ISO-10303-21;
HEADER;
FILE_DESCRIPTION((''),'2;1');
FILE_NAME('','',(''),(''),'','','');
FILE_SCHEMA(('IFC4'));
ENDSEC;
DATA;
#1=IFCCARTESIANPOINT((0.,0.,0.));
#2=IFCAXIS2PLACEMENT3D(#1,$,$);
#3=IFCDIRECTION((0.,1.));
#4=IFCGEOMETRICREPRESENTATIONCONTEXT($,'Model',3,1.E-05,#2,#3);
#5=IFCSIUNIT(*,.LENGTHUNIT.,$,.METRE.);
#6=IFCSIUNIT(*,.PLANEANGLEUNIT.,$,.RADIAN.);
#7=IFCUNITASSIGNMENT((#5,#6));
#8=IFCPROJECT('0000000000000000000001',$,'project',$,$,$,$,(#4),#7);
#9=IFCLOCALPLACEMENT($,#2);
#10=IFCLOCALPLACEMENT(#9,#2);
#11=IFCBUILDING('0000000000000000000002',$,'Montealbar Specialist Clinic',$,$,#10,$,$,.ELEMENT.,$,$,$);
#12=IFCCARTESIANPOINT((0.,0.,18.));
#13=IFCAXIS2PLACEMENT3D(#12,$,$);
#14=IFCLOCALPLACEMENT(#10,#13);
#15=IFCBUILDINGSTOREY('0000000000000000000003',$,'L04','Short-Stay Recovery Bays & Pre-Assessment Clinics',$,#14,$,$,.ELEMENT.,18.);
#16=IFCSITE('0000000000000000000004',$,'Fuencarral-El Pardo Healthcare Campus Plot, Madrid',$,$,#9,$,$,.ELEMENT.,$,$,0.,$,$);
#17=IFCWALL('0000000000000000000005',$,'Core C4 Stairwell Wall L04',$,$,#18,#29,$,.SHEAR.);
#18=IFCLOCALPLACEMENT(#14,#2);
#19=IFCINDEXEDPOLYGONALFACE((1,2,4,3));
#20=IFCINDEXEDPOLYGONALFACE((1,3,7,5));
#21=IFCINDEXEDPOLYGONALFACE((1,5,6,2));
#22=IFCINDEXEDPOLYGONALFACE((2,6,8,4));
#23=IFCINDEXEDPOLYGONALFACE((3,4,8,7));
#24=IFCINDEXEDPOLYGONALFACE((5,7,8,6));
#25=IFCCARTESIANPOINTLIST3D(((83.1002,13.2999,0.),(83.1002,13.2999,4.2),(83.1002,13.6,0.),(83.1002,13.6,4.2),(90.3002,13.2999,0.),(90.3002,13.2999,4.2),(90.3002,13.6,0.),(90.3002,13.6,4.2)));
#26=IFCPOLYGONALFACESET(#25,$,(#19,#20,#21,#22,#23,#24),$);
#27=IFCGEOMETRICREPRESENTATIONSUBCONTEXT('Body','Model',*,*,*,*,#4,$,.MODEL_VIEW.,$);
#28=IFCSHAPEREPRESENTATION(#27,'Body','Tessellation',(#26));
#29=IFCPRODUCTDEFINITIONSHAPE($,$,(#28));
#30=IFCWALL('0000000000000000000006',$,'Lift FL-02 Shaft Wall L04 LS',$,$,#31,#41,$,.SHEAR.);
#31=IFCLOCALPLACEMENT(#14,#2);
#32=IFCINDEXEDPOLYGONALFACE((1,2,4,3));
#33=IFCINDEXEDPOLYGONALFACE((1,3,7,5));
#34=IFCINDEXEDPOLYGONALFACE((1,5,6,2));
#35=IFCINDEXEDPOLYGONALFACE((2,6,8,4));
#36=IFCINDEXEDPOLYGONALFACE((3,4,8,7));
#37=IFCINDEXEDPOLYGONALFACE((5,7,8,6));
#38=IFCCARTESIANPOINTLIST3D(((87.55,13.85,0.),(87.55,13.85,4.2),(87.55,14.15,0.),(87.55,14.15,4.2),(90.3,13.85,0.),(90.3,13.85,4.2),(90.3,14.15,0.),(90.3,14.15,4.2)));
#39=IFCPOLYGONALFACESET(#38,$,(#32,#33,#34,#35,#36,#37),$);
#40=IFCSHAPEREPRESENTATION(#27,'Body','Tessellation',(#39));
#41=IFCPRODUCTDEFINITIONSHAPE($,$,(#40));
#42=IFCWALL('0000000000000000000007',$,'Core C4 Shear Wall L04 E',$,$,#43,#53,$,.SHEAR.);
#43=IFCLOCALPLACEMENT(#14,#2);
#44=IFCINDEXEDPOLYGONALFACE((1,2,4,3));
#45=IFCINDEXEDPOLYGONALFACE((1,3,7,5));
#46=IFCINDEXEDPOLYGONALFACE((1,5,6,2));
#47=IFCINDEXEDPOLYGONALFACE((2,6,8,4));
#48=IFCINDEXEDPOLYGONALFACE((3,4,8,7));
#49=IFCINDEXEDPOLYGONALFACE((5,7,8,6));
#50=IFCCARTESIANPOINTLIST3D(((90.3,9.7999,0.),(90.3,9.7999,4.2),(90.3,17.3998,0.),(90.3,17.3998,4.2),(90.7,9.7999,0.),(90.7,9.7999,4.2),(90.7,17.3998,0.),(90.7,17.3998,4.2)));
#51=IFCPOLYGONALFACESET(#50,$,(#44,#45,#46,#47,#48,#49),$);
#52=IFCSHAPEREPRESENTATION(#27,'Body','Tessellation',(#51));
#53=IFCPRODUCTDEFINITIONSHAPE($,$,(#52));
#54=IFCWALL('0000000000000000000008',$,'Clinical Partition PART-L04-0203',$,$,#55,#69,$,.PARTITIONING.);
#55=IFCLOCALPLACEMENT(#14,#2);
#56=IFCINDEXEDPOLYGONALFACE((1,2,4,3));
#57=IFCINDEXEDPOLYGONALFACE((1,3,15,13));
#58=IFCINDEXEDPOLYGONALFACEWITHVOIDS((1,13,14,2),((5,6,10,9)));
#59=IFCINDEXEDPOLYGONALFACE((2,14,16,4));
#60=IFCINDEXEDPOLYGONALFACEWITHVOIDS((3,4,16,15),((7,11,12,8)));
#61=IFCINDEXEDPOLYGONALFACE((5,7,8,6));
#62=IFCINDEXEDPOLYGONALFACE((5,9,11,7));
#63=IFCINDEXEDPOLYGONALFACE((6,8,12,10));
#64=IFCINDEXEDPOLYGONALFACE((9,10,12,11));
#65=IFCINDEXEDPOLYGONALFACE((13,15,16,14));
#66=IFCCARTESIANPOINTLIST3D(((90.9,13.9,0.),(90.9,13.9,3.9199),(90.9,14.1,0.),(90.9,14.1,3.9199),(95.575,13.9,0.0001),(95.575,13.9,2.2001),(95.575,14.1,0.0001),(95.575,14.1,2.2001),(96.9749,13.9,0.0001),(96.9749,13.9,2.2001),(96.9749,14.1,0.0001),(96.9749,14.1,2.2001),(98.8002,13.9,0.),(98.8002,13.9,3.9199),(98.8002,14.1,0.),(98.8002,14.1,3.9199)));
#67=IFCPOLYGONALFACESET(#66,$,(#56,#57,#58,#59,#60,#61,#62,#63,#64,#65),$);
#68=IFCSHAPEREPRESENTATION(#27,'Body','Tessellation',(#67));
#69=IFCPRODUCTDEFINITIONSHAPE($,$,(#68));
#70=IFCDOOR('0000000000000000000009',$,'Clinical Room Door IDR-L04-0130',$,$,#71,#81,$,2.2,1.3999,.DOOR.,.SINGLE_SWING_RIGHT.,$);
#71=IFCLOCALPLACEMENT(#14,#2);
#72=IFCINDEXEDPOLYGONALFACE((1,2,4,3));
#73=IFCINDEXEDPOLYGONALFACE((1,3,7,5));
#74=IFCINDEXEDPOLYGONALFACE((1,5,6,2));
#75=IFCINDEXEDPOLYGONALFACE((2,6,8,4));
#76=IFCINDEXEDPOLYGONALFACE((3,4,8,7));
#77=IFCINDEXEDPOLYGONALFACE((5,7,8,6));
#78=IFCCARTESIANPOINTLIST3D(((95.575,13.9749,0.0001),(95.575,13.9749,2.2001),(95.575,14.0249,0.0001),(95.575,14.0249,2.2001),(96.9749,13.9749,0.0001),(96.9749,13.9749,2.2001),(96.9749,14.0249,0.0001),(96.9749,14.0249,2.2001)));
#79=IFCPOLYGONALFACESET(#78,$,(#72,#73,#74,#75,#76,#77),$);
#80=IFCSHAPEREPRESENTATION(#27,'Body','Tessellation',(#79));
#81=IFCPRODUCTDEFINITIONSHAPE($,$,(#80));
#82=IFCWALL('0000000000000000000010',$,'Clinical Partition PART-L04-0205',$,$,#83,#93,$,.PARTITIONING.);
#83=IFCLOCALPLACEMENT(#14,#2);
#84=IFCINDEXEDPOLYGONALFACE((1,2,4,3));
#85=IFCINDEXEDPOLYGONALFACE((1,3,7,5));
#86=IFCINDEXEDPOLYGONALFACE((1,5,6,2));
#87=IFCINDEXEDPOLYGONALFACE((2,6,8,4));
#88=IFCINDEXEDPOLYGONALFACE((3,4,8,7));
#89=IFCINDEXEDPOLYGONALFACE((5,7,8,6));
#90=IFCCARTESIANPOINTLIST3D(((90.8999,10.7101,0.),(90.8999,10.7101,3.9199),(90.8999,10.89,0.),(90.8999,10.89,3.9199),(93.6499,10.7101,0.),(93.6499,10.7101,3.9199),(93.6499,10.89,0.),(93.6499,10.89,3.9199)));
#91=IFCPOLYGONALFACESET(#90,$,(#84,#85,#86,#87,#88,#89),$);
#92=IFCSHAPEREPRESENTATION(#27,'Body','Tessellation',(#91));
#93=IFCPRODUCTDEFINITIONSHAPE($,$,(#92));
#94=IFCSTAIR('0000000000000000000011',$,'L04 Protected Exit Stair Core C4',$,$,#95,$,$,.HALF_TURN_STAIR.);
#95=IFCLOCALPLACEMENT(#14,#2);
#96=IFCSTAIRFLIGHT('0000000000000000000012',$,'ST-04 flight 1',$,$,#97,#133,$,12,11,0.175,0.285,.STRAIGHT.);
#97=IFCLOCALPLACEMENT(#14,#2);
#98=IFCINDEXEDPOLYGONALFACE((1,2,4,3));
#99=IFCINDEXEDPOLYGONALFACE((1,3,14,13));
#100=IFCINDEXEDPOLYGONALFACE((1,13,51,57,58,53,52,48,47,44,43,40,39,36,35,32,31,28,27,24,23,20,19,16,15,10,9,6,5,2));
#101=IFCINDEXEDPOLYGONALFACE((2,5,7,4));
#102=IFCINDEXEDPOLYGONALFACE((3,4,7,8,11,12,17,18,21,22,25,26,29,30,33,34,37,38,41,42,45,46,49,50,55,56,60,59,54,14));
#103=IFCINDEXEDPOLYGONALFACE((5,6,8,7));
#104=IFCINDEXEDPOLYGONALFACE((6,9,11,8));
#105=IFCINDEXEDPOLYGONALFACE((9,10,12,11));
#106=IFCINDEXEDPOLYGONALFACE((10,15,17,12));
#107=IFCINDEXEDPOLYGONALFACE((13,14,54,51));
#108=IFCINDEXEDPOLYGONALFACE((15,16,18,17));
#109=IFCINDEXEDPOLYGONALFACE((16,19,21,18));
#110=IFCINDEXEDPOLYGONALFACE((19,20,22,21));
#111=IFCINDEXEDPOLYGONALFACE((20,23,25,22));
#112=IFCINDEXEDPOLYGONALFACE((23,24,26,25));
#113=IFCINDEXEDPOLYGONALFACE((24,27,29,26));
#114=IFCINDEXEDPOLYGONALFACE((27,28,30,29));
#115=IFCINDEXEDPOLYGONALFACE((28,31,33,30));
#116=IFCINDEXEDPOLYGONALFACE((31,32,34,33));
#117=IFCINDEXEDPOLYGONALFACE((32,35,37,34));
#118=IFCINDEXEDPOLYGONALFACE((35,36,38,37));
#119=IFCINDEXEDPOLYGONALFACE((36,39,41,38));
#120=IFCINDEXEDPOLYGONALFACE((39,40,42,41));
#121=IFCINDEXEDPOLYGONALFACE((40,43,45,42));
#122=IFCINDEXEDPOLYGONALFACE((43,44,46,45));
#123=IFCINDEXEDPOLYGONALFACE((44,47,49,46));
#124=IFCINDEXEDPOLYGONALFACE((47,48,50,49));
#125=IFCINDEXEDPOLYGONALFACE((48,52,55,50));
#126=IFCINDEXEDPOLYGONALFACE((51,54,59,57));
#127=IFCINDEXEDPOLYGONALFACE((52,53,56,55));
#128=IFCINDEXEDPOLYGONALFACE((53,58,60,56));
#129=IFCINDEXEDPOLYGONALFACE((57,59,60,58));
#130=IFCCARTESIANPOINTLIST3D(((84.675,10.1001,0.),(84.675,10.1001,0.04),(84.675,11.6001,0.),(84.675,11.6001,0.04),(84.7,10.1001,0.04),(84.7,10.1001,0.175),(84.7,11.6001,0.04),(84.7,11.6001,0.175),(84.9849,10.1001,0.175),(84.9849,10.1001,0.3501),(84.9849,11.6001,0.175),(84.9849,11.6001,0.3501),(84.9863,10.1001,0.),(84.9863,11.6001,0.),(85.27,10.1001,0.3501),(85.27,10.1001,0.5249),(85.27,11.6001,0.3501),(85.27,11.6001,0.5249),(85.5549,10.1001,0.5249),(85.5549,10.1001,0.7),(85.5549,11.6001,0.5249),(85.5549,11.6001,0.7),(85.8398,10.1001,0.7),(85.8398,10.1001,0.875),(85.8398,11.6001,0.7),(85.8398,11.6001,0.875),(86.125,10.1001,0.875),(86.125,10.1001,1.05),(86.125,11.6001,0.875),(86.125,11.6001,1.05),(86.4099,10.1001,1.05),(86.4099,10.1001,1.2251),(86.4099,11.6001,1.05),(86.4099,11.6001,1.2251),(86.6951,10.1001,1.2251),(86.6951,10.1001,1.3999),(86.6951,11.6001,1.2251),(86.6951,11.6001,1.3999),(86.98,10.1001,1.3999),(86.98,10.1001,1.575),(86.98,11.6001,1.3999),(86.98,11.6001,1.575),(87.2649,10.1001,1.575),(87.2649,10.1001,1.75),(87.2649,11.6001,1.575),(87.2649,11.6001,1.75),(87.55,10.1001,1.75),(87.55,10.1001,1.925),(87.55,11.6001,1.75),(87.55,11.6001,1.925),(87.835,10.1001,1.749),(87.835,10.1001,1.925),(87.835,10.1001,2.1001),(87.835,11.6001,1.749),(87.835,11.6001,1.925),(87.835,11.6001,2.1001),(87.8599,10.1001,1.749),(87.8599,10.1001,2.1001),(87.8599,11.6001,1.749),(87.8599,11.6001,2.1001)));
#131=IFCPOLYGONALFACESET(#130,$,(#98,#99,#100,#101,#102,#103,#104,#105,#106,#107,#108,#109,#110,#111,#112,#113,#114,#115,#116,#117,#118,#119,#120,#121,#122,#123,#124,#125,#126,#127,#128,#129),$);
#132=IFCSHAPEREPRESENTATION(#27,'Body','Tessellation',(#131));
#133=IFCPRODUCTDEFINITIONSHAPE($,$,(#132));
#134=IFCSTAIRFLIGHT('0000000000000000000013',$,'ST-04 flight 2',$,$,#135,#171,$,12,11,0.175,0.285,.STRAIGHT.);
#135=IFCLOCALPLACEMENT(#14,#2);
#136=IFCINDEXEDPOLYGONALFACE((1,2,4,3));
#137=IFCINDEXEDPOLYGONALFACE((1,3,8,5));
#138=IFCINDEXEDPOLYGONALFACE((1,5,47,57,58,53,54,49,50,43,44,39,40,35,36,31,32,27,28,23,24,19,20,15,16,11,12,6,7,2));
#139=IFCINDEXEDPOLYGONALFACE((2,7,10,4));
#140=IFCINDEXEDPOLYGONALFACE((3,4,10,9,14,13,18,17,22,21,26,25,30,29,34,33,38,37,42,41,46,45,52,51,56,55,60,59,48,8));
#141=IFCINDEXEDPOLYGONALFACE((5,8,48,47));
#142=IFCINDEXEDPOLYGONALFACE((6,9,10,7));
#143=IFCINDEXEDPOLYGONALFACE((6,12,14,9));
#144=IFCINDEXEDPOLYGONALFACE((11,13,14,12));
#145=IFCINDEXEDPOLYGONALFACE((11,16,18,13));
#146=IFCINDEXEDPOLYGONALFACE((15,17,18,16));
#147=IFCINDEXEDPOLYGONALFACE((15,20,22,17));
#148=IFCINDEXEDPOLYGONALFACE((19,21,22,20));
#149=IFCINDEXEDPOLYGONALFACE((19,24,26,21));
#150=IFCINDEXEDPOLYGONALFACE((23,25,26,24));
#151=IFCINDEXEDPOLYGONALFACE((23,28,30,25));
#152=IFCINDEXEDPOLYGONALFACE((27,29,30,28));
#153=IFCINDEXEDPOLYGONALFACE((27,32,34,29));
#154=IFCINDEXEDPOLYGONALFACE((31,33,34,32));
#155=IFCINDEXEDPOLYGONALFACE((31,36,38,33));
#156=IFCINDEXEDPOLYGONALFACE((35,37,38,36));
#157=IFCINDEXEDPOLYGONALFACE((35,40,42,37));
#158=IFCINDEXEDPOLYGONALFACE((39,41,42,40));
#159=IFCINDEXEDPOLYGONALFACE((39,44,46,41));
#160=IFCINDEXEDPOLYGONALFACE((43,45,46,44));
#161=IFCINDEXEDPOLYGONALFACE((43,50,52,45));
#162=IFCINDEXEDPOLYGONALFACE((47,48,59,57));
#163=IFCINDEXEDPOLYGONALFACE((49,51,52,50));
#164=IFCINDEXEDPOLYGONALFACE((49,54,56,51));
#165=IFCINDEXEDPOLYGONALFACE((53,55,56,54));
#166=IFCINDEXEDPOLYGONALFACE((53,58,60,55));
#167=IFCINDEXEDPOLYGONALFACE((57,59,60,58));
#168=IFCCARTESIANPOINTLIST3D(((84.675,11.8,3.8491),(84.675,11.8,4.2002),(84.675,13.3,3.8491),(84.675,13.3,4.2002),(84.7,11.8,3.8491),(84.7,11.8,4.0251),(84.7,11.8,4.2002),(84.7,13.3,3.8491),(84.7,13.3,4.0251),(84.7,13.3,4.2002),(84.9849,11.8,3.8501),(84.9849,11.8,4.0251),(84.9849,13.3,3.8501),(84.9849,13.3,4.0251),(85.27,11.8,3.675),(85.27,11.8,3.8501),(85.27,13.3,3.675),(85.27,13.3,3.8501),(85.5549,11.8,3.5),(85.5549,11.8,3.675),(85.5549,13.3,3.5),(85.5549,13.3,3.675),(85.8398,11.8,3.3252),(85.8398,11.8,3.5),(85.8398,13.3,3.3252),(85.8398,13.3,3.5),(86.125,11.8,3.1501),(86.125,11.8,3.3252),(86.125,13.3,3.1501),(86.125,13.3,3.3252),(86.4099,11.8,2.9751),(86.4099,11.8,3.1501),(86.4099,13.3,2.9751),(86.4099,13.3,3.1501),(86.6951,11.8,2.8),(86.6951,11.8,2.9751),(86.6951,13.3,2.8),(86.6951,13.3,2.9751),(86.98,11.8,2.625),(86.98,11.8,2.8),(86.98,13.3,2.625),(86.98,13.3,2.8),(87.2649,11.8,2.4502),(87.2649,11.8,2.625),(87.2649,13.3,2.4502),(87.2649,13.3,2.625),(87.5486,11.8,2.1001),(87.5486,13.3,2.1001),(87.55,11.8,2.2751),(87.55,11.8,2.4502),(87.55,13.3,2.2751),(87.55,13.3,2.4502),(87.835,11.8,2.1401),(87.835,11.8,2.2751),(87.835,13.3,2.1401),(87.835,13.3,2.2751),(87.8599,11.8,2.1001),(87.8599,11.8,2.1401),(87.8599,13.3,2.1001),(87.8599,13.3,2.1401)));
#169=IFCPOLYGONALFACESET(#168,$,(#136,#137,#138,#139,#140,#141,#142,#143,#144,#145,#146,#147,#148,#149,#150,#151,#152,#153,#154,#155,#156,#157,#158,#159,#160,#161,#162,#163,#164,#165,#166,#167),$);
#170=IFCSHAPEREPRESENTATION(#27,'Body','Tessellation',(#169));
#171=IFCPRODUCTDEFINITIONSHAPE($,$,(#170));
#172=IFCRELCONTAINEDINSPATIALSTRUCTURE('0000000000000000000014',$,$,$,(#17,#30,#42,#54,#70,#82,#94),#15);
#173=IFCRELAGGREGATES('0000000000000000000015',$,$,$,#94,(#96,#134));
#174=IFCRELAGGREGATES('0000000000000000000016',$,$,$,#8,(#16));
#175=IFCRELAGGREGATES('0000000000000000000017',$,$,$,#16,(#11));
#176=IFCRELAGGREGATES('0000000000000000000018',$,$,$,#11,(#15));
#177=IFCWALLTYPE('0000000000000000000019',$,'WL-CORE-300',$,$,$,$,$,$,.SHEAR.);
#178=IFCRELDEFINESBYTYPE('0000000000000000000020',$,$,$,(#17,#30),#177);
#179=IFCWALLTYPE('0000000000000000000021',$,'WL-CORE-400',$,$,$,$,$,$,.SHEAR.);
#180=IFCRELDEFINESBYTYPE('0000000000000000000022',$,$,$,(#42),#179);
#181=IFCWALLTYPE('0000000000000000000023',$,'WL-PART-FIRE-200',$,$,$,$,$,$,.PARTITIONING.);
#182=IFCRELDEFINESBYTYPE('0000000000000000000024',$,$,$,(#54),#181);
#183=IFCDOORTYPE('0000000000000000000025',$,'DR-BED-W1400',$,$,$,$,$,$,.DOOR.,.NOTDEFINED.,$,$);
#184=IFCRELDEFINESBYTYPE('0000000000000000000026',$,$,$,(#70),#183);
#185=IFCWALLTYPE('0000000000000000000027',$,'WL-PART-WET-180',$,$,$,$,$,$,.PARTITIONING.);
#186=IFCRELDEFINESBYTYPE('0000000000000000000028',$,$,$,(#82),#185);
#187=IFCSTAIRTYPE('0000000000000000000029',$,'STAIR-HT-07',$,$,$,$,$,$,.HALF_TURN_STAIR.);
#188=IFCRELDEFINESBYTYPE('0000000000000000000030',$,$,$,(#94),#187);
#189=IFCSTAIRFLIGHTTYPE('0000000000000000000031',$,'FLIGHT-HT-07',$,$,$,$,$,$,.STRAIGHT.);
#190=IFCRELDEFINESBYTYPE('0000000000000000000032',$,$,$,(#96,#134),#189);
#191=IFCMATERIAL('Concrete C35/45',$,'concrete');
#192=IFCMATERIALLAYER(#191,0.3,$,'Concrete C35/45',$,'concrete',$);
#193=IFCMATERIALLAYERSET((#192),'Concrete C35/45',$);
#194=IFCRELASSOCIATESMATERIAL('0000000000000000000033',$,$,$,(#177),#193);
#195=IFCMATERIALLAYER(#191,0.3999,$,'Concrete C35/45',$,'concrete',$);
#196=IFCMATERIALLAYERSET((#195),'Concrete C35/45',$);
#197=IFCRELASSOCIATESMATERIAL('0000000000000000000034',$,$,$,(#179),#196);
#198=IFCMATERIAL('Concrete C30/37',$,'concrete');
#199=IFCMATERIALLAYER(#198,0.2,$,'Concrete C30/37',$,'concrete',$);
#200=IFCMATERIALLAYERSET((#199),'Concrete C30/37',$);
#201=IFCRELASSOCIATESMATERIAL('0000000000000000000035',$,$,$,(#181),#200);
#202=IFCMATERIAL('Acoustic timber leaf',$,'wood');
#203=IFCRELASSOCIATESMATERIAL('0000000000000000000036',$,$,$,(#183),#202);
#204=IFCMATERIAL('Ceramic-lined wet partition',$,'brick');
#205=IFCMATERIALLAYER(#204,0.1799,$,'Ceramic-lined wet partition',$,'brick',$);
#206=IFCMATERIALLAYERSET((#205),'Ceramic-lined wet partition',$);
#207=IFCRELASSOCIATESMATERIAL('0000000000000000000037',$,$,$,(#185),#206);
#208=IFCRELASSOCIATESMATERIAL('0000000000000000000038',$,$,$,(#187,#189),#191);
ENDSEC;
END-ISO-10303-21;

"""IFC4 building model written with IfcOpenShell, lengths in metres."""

from ifc_helpers import new_model, si_unit, direction, frame, frame_2d, origin, place, context, subcontext, project, spatial, polyline, rectangle, outline, extrude, material, layer, layer_set, type_object, element, fill, aggregate, save


model = new_model("IFC4")

# Units and contexts
model_context = context("Model", 3, precision=1e-05, world=origin(), true_north=direction((0.0, 1.0)))
body_context = subcontext(model_context, "Body", "Model", "MODEL_VIEW")
ifc_project = project(units=[si_unit("LENGTHUNIT", "METRE"), si_unit("PLANEANGLEUNIT", "RADIAN")], contexts=[model_context])

# Site, building, storey
site_placement = place(None, origin())
site = spatial("IfcSite", under=ifc_project, at=site_placement, Name="Fuencarral-El Pardo Healthcare Campus Plot, Madrid", CompositionType="ELEMENT", RefElevation=0.0)
building_placement = place(site_placement, origin())
building = spatial("IfcBuilding", under=site, at=building_placement, Name="Montealbar Specialist Clinic", CompositionType="ELEMENT")
storey_placement = place(building_placement, frame((0.0, 0.0, 18.0)))
storey = spatial("IfcBuildingStorey", under=building, at=storey_placement, Name="L04", Description="Short-Stay Recovery Bays & Pre-Assessment Clinics", CompositionType="ELEMENT", Elevation=18.0)

# Walls
ifc_material_1 = material(Name="Concrete C35/45", Category="concrete")
ifc_layer_1 = layer(ifc_material_1, 0.3, Name="Concrete C35/45", Category="concrete")
ifc_layer_set_1 = layer_set([ifc_layer_1], Name="Concrete C35/45")
wall_type_1 = type_object("IfcWallType", Name="WL-CORE-300", PredefinedType="SHEAR", material=ifc_layer_set_1)
wall_1_placement = place(storey_placement, frame((83.1001, 13.45, 0.0), z_axis=(0.0, 0.0, 1.0), x_axis=(1.0, 0.0, 0.0)))
element("IfcWall", 1, at=wall_1_placement, inside=storey, type_object=wall_type_1, Name="Core C4 Stairwell Wall L04", PredefinedType="SHEAR", context=body_context, shape_type="SweptSolid", body=[
    extrude(rectangle(XDim=7.2, YDim=0.3, at=frame_2d((3.6001, 0.0))), origin(), (0.0, 0.0, 1.0), 4.2),
])
wall_2_placement = place(storey_placement, frame((87.55, 14.0, 0.0), z_axis=(0.0, 0.0, 1.0), x_axis=(1.0, 0.0, 0.0)))
element("IfcWall", 2, at=wall_2_placement, inside=storey, type_object=wall_type_1, Name="Lift FL-02 Shaft Wall L04 LS", PredefinedType="SHEAR", context=body_context, shape_type="SweptSolid", body=[
    extrude(rectangle(XDim=2.75, YDim=0.3, at=frame_2d((1.375, 0.0))), origin(), (0.0, 0.0, 1.0), 4.2),
])

# Shared definitions
ifc_layer_2 = layer(ifc_material_1, 0.3999, Name="Concrete C35/45", Category="concrete")
ifc_layer_set_2 = layer_set([ifc_layer_2], Name="Concrete C35/45")
wall_type_2 = type_object("IfcWallType", Name="WL-CORE-400", PredefinedType="SHEAR", material=ifc_layer_set_2)

# Wall
wall_3_placement = place(storey_placement, frame((90.5, 9.8, 0.0), z_axis=(0.0, 0.0, 1.0), x_axis=(0.0, 1.0, 0.0)))
element("IfcWall", 3, at=wall_3_placement, inside=storey, type_object=wall_type_2, Name="Core C4 Shear Wall L04 E", PredefinedType="SHEAR", context=body_context, shape_type="SweptSolid", body=[
    extrude(rectangle(XDim=7.5999, YDim=0.3999, at=frame_2d((3.7998, 0.0))), origin(), (0.0, 0.0, 1.0), 4.2),
])

# Wall, opening, door
ifc_material_2 = material(Name="Concrete C30/37", Category="concrete")
ifc_layer_3 = layer(ifc_material_2, 0.2, Name="Concrete C30/37", Category="concrete")
ifc_layer_set_3 = layer_set([ifc_layer_3], Name="Concrete C30/37")
wall_type_3 = type_object("IfcWallType", Name="WL-PART-FIRE-200", PredefinedType="PARTITIONING", material=ifc_layer_set_3)
wall_4_placement = place(storey_placement, frame((90.8999, 14.0, 0.0), z_axis=(0.0, 0.0, 1.0), x_axis=(1.0, 0.0, 0.0)))
wall_4 = element("IfcWall", 4, at=wall_4_placement, inside=storey, type_object=wall_type_3, Name="Clinical Partition PART-L04-0203", PredefinedType="PARTITIONING", context=body_context, shape_type="SweptSolid", body=[
    extrude(rectangle(XDim=7.9001, YDim=0.2, at=frame_2d((3.9502, 0.0))), origin(), (0.0, 0.0, 1.0), 3.9199),
])
opening_1_placement = place(wall_4_placement, frame((4.675, 0.0, 0.0)))
opening_1 = element("IfcOpeningElement", 5, at=opening_1_placement, cuts=wall_4, PredefinedType="OPENING", context=body_context, shape_type="SweptSolid", body=[
    extrude(rectangle(XDim=1.3999, YDim=2.2, at=frame_2d((0.7, 1.1001))), frame((0.0, 0.1099, 0.0), z_axis=(0.0, -1.0, 0.0), x_axis=(1.0, 0.0, 0.0)), (0.0, 0.0, 1.0), 0.22),
])
ifc_material_3 = material(Name="Acoustic timber leaf", Category="wood")
door_type_1 = type_object("IfcDoorType", Name="DR-BED-W1400", OperationType="NOTDEFINED", PredefinedType="DOOR", material=ifc_material_3)
door_1_placement = place(opening_1_placement, origin())
door_1 = element("IfcDoor", 6, at=door_1_placement, inside=storey, type_object=door_type_1, Name="Clinical Room Door IDR-L04-0130", OperationType="SINGLE_SWING_RIGHT", OverallHeight=2.2, OverallWidth=1.3999, PredefinedType="DOOR", context=body_context, shape_type="SweptSolid", body=[
    extrude(rectangle(XDim=1.3999, YDim=2.2, at=frame_2d((0.7, 1.1001))), frame((0.0, 0.0249, 0.0), z_axis=(0.0, -1.0, 0.0), x_axis=(1.0, 0.0, 0.0)), (0.0, 0.0, 1.0), 0.05),
])
fill(opening_1, door_1)

# Wall
ifc_material_4 = material(Name="Ceramic-lined wet partition", Category="brick")
ifc_layer_4 = layer(ifc_material_4, 0.1799, Name="Ceramic-lined wet partition", Category="brick")
ifc_layer_set_4 = layer_set([ifc_layer_4], Name="Ceramic-lined wet partition")
wall_type_4 = type_object("IfcWallType", Name="WL-PART-WET-180", PredefinedType="PARTITIONING", material=ifc_layer_set_4)
wall_5_placement = place(storey_placement, frame((90.8999, 10.8, 0.0), z_axis=(0.0, 0.0, 1.0), x_axis=(1.0, 0.0, 0.0)))
element("IfcWall", 7, at=wall_5_placement, inside=storey, type_object=wall_type_4, Name="Clinical Partition PART-L04-0205", PredefinedType="PARTITIONING", context=body_context, shape_type="SweptSolid", body=[
    extrude(rectangle(XDim=2.75, YDim=0.1799, at=frame_2d((1.375, 0.0))), origin(), (0.0, 0.0, 1.0), 3.9199),
])

# Stair, stair flights
stair_type = type_object("IfcStairType", Name="STAIR-HT-07", PredefinedType="HALF_TURN_STAIR", material=ifc_material_1)
stair_placement = place(storey_placement, origin())
stair = element("IfcStair", 8, at=stair_placement, inside=storey, type_object=stair_type, Name="L04 Protected Exit Stair Core C4", PredefinedType="HALF_TURN_STAIR")
stair_flight_type = type_object("IfcStairFlightType", Name="FLIGHT-HT-07", PredefinedType="STRAIGHT", material=ifc_material_1)
stair_flight_1_placement = place(storey_placement, frame((84.7, 10.8501, 0.0), z_axis=(0.0, 0.0, 1.0), x_axis=(1.0, 0.0, 0.0)))
stair_flight_1 = element("IfcStairFlight", 9, at=stair_flight_1_placement, type_object=stair_flight_type, Name="ST-04 flight 1", NumberOfRisers=12, NumberOfTreads=11, PredefinedType="STRAIGHT", RiserHeight=0.175, TreadLength=0.285, context=body_context, shape_type="SweptSolid", body=[
    extrude(outline(polyline([(-0.0249, 0.0), (-0.0249, 0.04), (0.0, 0.04), (0.0, 0.175), (0.2849, 0.175), (0.2849, 0.3501), (0.5701, 0.3501), (0.5701, 0.5249), (0.855, 0.5249), (0.855, 0.7), (1.1399, 0.7), (1.1399, 0.875), (1.425, 0.875), (1.425, 1.05), (1.71, 1.05), (1.71, 1.2251), (1.9951, 1.2251), (1.9951, 1.3999), (2.28, 1.3999), (2.28, 1.575), (2.5649, 1.575), (2.5649, 1.75), (2.8501, 1.75), (2.8501, 1.925), (3.135, 1.925), (3.135, 2.1001), (3.1599, 2.1001), (3.1599, 1.749), (3.135, 1.749), (0.2864, 0.0), (-0.0249, 0.0)])), frame((0.0, 0.75, 0.0), z_axis=(0.0, -1.0, 0.0), x_axis=(1.0, 0.0, 0.0)), (0.0, 0.0, 1.0), 1.5),
])
stair_flight_2_placement = place(storey_placement, frame((87.835, 12.55, 2.1001), z_axis=(0.0, 0.0, 1.0), x_axis=(-1.0, 0.0, 0.0)))
stair_flight_2 = element("IfcStairFlight", 10, at=stair_flight_2_placement, type_object=stair_flight_type, Name="ST-04 flight 2", NumberOfRisers=12, NumberOfTreads=11, PredefinedType="STRAIGHT", RiserHeight=0.175, TreadLength=0.285, context=body_context, shape_type="SweptSolid", body=[
    extrude(outline(polyline([(-0.0249, 0.0), (-0.0249, 0.04), (0.0, 0.04), (0.0, 0.175), (0.2849, 0.175), (0.2849, 0.3501), (0.5701, 0.3501), (0.5701, 0.5249), (0.855, 0.5249), (0.855, 0.7), (1.1399, 0.7), (1.1399, 0.875), (1.425, 0.875), (1.425, 1.05), (1.71, 1.05), (1.71, 1.2251), (1.9951, 1.2251), (1.9951, 1.3999), (2.28, 1.3999), (2.28, 1.575), (2.5649, 1.575), (2.5649, 1.75), (2.8501, 1.75), (2.8501, 1.925), (3.135, 1.925), (3.135, 2.1001), (3.1599, 2.1001), (3.1599, 1.749), (3.135, 1.749), (0.2864, 0.0), (-0.0249, 0.0)])), frame((0.0, 0.75, 0.0), z_axis=(0.0, -1.0, 0.0), x_axis=(1.0, 0.0, 0.0)), (0.0, 0.0, 1.0), 1.5),
])
aggregate(stair, [stair_flight_1, stair_flight_2])

save(model, "model.ifc")
